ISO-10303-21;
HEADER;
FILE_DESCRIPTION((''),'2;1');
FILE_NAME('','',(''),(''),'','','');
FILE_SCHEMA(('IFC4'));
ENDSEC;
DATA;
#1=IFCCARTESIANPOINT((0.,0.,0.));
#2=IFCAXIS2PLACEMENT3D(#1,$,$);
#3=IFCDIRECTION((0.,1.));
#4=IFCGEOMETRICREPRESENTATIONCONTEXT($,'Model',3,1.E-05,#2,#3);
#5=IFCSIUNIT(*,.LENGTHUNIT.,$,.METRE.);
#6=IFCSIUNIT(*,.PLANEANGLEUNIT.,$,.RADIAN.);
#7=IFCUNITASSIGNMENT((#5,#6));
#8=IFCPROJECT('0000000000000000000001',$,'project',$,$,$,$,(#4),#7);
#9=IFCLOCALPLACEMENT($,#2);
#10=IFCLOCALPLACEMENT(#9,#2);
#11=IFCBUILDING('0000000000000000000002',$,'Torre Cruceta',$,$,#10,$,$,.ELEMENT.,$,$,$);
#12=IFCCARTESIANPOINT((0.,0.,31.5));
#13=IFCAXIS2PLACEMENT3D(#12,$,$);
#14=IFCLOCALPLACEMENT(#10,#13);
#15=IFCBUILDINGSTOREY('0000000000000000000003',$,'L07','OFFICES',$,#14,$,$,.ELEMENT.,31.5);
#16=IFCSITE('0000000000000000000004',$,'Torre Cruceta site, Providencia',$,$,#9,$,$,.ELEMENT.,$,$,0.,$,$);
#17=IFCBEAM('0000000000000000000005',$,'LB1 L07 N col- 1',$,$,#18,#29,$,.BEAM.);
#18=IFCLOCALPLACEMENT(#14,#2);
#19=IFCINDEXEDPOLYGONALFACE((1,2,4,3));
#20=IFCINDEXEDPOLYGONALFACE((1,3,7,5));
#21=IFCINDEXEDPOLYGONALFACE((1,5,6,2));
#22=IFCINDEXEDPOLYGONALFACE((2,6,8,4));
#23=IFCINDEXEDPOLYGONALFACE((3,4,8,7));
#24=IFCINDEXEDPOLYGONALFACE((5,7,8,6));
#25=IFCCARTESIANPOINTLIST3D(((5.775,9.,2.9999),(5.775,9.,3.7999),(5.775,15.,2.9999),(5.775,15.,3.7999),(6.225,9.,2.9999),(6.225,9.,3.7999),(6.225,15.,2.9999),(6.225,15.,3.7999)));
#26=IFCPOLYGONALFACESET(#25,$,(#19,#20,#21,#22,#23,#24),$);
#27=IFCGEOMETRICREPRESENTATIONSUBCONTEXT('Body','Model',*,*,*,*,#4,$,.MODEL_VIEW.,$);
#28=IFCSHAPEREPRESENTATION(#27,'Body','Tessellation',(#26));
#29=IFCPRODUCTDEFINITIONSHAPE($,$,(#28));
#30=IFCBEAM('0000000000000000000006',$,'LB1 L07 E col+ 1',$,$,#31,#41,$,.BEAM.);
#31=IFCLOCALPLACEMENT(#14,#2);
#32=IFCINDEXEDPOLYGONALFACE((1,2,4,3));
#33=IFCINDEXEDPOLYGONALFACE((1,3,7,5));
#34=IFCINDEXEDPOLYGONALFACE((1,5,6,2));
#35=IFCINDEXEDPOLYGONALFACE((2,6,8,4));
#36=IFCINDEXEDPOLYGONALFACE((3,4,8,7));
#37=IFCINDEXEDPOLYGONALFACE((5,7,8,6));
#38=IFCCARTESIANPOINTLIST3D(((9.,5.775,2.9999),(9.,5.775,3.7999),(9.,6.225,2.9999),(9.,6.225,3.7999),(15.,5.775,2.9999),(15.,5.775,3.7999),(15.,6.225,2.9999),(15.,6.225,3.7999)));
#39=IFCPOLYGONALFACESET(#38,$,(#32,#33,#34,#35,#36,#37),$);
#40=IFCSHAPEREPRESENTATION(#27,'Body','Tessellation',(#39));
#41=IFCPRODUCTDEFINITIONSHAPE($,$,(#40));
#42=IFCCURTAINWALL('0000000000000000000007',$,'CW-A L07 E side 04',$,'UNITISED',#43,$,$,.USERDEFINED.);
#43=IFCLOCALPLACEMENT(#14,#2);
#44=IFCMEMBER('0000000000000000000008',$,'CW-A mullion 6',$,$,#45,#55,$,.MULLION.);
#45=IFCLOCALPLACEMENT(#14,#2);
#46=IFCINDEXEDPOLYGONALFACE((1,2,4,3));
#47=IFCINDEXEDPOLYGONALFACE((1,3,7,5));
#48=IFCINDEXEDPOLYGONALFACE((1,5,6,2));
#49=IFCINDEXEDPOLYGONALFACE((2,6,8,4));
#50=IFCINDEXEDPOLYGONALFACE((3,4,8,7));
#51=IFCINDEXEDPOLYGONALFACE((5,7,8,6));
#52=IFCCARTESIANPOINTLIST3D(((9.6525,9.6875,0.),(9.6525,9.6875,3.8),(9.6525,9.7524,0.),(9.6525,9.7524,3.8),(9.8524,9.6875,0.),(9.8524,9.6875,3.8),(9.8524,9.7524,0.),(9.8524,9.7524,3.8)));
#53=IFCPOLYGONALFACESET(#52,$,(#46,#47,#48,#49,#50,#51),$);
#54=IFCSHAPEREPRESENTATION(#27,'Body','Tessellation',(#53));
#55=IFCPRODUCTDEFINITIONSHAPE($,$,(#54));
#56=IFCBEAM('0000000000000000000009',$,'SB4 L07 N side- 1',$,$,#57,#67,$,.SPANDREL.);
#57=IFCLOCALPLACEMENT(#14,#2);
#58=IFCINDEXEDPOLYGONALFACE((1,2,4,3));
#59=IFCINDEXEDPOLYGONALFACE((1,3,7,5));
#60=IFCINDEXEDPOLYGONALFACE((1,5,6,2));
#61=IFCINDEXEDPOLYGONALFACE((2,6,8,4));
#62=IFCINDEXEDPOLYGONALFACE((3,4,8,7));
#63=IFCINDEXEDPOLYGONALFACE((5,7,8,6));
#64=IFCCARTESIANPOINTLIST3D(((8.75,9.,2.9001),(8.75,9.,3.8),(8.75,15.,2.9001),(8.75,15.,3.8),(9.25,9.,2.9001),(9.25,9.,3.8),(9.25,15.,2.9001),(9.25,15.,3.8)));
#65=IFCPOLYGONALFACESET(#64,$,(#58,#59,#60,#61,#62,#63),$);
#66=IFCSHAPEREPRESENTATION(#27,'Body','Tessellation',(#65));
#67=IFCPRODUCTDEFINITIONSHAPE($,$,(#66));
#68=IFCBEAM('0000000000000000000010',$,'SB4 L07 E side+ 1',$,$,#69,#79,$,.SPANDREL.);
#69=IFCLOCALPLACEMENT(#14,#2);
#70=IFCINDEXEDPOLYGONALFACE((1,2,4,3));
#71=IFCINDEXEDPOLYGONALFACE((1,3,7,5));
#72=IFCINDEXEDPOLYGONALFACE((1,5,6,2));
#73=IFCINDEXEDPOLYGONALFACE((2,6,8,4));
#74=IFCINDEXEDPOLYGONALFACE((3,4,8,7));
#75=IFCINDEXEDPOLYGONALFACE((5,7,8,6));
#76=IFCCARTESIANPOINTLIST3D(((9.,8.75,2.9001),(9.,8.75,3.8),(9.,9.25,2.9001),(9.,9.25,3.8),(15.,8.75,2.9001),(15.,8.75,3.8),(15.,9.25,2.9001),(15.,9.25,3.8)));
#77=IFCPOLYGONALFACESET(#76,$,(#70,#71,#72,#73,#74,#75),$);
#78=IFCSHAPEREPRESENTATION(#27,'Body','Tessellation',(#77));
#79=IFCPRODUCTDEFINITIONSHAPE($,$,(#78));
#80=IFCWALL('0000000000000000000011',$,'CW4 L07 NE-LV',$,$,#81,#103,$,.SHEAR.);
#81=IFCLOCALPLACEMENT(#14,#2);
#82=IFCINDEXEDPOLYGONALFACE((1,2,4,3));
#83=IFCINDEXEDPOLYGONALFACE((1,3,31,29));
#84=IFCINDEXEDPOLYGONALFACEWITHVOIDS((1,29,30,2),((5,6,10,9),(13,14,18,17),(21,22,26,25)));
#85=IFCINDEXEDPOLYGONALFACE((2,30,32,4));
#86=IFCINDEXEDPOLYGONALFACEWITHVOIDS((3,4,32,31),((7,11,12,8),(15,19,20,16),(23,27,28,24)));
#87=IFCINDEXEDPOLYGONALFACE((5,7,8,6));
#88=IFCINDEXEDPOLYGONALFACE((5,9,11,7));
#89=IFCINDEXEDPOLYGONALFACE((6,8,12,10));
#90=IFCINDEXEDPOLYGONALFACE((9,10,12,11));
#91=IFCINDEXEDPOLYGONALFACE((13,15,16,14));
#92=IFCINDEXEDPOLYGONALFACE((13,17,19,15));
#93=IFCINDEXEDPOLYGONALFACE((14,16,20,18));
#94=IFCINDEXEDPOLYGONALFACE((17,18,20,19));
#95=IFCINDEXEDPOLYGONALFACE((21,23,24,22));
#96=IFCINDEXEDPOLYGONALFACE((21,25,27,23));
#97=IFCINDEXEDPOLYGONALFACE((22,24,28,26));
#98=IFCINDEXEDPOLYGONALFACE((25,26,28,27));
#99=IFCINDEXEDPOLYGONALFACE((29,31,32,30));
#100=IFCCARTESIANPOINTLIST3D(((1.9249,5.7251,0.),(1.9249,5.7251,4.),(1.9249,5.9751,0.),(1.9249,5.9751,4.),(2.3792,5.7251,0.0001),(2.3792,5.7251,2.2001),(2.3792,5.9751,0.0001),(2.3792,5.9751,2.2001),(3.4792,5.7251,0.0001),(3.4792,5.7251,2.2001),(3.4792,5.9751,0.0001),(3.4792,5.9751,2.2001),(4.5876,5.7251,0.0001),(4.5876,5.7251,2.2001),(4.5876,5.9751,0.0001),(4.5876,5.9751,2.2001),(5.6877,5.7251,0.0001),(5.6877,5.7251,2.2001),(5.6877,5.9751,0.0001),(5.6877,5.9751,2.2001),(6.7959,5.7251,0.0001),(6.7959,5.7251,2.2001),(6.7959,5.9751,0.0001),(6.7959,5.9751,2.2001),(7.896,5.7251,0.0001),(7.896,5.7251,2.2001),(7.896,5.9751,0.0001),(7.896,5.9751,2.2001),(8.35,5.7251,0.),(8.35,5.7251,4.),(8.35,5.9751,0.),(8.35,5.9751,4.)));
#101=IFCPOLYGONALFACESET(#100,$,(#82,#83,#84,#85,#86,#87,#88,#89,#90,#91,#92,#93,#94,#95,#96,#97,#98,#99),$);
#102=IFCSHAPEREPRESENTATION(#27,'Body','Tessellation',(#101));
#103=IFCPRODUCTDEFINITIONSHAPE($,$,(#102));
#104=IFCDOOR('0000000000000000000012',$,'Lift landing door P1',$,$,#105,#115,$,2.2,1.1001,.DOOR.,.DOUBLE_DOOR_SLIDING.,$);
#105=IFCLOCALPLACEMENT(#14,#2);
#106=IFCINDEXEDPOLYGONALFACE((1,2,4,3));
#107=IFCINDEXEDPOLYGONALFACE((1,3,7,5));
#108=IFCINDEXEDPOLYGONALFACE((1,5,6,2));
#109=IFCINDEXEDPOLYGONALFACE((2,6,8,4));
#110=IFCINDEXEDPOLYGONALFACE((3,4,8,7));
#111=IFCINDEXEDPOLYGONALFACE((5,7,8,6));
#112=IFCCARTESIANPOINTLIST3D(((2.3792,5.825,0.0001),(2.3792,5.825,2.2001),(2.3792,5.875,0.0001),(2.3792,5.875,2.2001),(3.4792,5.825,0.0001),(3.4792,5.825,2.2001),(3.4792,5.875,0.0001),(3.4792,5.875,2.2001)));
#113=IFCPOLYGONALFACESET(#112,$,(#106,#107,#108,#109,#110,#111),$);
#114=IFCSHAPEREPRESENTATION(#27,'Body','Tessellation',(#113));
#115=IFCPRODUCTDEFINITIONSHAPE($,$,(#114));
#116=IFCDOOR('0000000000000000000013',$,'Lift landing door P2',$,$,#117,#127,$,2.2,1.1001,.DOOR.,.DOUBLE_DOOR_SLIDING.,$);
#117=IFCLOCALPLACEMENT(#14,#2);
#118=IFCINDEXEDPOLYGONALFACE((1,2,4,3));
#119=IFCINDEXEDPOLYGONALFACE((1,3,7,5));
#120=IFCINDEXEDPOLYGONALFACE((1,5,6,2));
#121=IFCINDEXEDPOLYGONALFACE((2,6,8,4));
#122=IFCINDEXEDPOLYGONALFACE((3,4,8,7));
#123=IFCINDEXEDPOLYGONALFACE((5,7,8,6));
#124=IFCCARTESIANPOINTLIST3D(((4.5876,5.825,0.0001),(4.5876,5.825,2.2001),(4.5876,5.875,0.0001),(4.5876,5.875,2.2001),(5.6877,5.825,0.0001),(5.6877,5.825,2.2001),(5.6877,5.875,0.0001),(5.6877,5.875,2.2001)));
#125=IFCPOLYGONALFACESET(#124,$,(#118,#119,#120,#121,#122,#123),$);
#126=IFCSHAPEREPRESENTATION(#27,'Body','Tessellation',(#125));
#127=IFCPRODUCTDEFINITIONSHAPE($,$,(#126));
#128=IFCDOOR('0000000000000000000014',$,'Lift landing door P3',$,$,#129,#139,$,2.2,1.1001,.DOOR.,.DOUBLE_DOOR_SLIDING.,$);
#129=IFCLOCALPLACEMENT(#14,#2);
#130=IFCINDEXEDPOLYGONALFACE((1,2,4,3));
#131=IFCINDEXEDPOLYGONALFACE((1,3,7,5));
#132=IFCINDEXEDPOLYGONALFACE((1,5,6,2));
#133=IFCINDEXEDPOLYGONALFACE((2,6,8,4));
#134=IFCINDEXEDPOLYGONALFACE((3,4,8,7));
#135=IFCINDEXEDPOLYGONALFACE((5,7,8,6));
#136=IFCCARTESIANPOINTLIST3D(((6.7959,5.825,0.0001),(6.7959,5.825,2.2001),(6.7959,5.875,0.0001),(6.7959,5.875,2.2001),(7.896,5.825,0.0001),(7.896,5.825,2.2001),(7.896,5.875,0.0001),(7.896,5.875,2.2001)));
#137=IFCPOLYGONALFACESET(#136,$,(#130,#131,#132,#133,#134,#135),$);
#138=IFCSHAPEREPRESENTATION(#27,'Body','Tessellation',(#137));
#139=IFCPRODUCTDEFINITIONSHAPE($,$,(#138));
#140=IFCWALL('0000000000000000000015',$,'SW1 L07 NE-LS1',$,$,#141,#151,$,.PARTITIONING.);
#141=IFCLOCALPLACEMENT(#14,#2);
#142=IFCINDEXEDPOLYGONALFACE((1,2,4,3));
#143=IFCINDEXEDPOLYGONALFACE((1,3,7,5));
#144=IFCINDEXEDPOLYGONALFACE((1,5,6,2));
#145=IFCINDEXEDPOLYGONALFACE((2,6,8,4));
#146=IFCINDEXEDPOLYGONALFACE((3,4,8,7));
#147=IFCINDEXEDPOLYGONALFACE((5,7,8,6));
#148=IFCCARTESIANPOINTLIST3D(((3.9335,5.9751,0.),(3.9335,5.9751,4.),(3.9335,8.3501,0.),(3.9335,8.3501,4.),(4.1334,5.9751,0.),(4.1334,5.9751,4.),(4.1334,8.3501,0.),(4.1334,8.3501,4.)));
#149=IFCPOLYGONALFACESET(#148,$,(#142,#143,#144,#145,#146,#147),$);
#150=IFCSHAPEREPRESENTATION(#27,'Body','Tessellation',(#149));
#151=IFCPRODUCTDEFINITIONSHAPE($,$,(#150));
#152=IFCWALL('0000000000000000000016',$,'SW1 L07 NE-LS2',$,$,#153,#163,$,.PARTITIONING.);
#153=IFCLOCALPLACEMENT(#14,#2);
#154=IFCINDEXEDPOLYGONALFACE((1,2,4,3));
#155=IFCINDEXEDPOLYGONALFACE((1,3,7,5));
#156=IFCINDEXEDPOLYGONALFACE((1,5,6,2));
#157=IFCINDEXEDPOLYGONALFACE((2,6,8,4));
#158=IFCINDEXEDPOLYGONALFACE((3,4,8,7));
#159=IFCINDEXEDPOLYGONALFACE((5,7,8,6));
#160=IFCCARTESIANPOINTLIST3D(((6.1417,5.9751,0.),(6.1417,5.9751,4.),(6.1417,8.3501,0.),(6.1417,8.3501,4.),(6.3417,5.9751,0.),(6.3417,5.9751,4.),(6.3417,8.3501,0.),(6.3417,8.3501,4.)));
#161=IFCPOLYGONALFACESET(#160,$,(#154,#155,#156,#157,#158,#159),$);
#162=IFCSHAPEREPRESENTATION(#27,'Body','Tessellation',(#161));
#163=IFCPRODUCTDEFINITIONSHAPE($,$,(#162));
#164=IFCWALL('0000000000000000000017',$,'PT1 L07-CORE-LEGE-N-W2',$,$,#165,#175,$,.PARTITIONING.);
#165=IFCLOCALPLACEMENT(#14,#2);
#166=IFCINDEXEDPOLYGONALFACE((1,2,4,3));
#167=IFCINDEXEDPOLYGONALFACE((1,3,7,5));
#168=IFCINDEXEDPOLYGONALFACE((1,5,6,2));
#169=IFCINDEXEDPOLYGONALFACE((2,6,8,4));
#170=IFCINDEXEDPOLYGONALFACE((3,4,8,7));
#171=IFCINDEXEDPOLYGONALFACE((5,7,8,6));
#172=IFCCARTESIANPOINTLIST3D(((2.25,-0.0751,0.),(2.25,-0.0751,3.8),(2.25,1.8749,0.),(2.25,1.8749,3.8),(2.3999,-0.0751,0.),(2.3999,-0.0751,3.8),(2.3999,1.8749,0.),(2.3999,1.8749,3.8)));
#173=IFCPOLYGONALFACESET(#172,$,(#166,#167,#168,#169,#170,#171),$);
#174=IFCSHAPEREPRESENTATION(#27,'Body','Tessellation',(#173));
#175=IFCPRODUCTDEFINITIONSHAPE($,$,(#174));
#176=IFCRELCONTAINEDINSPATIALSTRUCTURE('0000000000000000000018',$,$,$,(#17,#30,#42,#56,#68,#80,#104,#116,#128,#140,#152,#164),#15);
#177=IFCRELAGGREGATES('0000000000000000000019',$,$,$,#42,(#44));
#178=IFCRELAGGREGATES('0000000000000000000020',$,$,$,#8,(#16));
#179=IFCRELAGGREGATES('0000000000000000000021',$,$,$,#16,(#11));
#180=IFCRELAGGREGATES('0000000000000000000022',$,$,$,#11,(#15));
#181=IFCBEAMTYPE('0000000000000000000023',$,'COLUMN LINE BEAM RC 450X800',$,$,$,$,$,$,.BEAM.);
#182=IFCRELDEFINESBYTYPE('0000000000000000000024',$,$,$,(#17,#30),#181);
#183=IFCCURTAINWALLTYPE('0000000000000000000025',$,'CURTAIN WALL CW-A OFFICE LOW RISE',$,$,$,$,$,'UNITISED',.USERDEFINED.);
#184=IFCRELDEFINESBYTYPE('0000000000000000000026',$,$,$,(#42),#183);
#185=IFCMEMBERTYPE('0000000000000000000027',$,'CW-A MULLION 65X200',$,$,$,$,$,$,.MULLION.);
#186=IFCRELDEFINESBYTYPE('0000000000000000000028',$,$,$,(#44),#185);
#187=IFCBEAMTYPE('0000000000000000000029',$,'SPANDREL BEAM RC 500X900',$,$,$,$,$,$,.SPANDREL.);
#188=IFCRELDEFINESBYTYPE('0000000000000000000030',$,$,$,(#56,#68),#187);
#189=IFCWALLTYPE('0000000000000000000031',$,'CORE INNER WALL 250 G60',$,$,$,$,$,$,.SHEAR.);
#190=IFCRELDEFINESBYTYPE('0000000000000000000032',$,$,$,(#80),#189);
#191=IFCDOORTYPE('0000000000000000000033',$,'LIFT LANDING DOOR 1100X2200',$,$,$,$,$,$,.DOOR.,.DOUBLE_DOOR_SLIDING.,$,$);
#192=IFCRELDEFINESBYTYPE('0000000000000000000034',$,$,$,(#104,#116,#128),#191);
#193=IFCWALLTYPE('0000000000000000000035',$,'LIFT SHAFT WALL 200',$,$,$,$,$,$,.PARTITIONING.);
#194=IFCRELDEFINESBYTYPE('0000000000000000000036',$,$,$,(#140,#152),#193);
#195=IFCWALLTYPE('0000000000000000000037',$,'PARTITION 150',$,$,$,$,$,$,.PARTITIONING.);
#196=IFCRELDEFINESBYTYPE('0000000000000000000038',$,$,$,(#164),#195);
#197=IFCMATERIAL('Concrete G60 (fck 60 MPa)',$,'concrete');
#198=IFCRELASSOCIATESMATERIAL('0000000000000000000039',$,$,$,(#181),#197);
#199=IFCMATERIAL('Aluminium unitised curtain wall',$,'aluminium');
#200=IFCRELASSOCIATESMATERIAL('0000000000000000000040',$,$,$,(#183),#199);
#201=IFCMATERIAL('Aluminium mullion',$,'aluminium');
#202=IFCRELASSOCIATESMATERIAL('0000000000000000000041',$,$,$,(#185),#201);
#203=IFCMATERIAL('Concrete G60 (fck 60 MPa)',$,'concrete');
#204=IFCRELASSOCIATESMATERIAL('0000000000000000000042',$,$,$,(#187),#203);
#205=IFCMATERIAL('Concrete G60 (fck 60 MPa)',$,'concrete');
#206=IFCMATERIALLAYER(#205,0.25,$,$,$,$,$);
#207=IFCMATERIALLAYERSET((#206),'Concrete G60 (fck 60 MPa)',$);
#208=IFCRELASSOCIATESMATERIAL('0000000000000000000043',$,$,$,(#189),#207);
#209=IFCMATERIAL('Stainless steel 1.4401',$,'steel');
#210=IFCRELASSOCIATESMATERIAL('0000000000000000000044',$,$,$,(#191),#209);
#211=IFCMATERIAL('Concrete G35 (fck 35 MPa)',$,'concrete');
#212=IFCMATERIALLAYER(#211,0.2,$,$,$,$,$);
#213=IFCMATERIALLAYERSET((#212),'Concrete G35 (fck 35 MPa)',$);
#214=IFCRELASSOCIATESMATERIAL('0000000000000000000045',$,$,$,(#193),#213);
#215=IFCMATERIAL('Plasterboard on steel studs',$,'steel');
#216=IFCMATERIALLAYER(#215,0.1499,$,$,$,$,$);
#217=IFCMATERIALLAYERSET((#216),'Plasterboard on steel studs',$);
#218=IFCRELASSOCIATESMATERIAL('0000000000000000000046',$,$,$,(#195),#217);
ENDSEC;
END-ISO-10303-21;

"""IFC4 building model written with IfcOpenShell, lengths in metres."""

from ifc_helpers import new_model, si_unit, direction, frame, frame_2d, origin, origin_2d, place, context, subcontext, project, spatial, rectangle, extrude, material, layer, layer_set, material_profile, profile_set, type_object, element, fill, aggregate, save


model = new_model("IFC4")

# Units and contexts
model_context = context("Model", 3, precision=1e-05, world=origin(), true_north=direction((0.0, 1.0)))
body_context = subcontext(model_context, "Body", "Model", "MODEL_VIEW")
ifc_project = project(units=[si_unit("LENGTHUNIT", "METRE"), si_unit("PLANEANGLEUNIT", "RADIAN")], contexts=[model_context])

# Site, building, storey
site_placement = place(None, origin())
site = spatial("IfcSite", under=ifc_project, at=site_placement, Name="Torre Cruceta site, Providencia", CompositionType="ELEMENT", RefElevation=0.0)
building_placement = place(site_placement, origin())
building = spatial("IfcBuilding", under=site, at=building_placement, Name="Torre Cruceta", CompositionType="ELEMENT")
storey_placement = place(building_placement, frame((0.0, 0.0, 31.5)))
storey = spatial("IfcBuildingStorey", under=building, at=storey_placement, Name="L07", Description="OFFICES", CompositionType="ELEMENT", Elevation=31.5)

# Beams
ifc_material_1 = material(Name="Concrete G60 (fck 60 MPa)", Category="concrete")
ifc_material_profile_1 = material_profile(ifc_material_1, rectangle(XDim=0.45, YDim=0.8, at=origin_2d()), Name="RC 450X800")
ifc_profile_set_1 = profile_set([ifc_material_profile_1], Name="Concrete G60 (fck 60 MPa)")
beam_type_1 = type_object("IfcBeamType", Name="COLUMN LINE BEAM RC 450X800", PredefinedType="BEAM", material=ifc_profile_set_1)
for number, where, z_axis, x_axis, name in (
    (1, (6.0, 9.0, 3.3999), (0.0, 1.0, 0.0), (-1.0, 0.0, 0.0), "LB1 L07 N col- 1"),
    (2, (9.0, 6.0, 3.3999), (1.0, 0.0, 0.0), (0.0, 1.0, 0.0), "LB1 L07 E col+ 1"),
):
    element("IfcBeam", number, at=place(storey_placement, frame(where, z_axis=z_axis, x_axis=x_axis)), inside=storey, type_object=beam_type_1, Name=name, PredefinedType="BEAM", context=body_context, shape_type="SweptSolid", body=[
        extrude(rectangle(XDim=0.45, YDim=0.8, at=origin_2d()), origin(), (0.0, 0.0, 1.0), 6.0),
    ])

# Curtain wall, member
ifc_material_2 = material(Name="Aluminium unitised curtain wall", Category="aluminium")
curtain_wall_type = type_object("IfcCurtainWallType", Name="CURTAIN WALL CW-A OFFICE LOW RISE", ElementType="UNITISED", PredefinedType="USERDEFINED", material=ifc_material_2)
curtain_wall_placement = place(storey_placement, origin())
curtain_wall = element("IfcCurtainWall", 3, at=curtain_wall_placement, inside=storey, type_object=curtain_wall_type, Name="CW-A L07 E side 04", ObjectType="UNITISED", PredefinedType="USERDEFINED")
ifc_material_3 = material(Name="Aluminium mullion", Category="aluminium")
ifc_material_profile_2 = material_profile(ifc_material_3, rectangle(XDim=0.0649, YDim=0.2, at=origin_2d()), Name="AL 65X200")
ifc_profile_set_2 = profile_set([ifc_material_profile_2], Name="Aluminium mullion")
member_type = type_object("IfcMemberType", Name="CW-A MULLION 65X200", PredefinedType="MULLION", material=ifc_profile_set_2)
member_placement = place(storey_placement, frame((9.7524, 9.72, 0.0), z_axis=(0.0, 0.0, 1.0), x_axis=(0.0, -1.0, 0.0)))
member = element("IfcMember", 4, at=member_placement, type_object=member_type, Name="CW-A mullion 6", PredefinedType="MULLION", context=body_context, shape_type="SweptSolid", body=[
    extrude(rectangle(XDim=0.0649, YDim=0.2, at=origin_2d()), origin(), (0.0, 0.0, 1.0), 3.8),
])
aggregate(curtain_wall, [member])

# Beams
ifc_material_4 = material(Name="Concrete G60 (fck 60 MPa)", Category="concrete")
ifc_material_profile_3 = material_profile(ifc_material_4, rectangle(XDim=0.5, YDim=0.8999, at=origin_2d()), Name="RC 500X900")
ifc_profile_set_3 = profile_set([ifc_material_profile_3], Name="Concrete G60 (fck 60 MPa)")
beam_type_2 = type_object("IfcBeamType", Name="SPANDREL BEAM RC 500X900", PredefinedType="SPANDREL", material=ifc_profile_set_3)
for number, where, z_axis, x_axis, name in (
    (5, (9.0, 9.0, 3.3501), (0.0, 1.0, 0.0), (-1.0, 0.0, 0.0), "SB4 L07 N side- 1"),
    (6, (9.0, 9.0, 3.3501), (1.0, 0.0, 0.0), (0.0, 1.0, 0.0), "SB4 L07 E side+ 1"),
):
    element("IfcBeam", number, at=place(storey_placement, frame(where, z_axis=z_axis, x_axis=x_axis)), inside=storey, type_object=beam_type_2, Name=name, PredefinedType="SPANDREL", context=body_context, shape_type="SweptSolid", body=[
        extrude(rectangle(XDim=0.5, YDim=0.8999, at=origin_2d()), origin(), (0.0, 0.0, 1.0), 6.0),
    ])

# Wall, openings, doors
ifc_material_5 = material(Name="Concrete G60 (fck 60 MPa)", Category="concrete")
ifc_layer_1 = layer(ifc_material_5, 0.25)
ifc_layer_set_1 = layer_set([ifc_layer_1], Name="Concrete G60 (fck 60 MPa)")
wall_type_1 = type_object("IfcWallType", Name="CORE INNER WALL 250 G60", PredefinedType="SHEAR", material=ifc_layer_set_1)
wall_1_placement = place(storey_placement, frame((1.925, 5.8501, 0.0), z_axis=(0.0, 0.0, 1.0), x_axis=(1.0, 0.0, 0.0)))
wall_1 = element("IfcWall", 7, at=wall_1_placement, inside=storey, type_object=wall_type_1, Name="CW4 L07 NE-LV", PredefinedType="SHEAR", context=body_context, shape_type="SweptSolid", body=[
    extrude(rectangle(XDim=6.425, YDim=0.25, at=frame_2d((3.2124, 0.0))), origin(), (0.0, 0.0, 1.0), 4.0),
])
opening_1_placement = place(wall_1_placement, frame((0.4541, 0.0, 0.0)))
opening_1 = element("IfcOpeningElement", 8, at=opening_1_placement, cuts=wall_1, PredefinedType="OPENING", context=body_context, shape_type="SweptSolid", body=[
    extrude(rectangle(XDim=1.1001, YDim=2.2, at=frame_2d((0.55, 1.1001))), frame((0.0, 0.135, 0.0), z_axis=(0.0, -1.0, 0.0), x_axis=(1.0, 0.0, 0.0)), (0.0, 0.0, 1.0), 0.27),
])
opening_2_placement = place(wall_1_placement, frame((2.6626, 0.0, 0.0)))
opening_2 = element("IfcOpeningElement", 9, at=opening_2_placement, cuts=wall_1, PredefinedType="OPENING", context=body_context, shape_type="SweptSolid", body=[
    extrude(rectangle(XDim=1.1001, YDim=2.2, at=frame_2d((0.55, 1.1001))), frame((0.0, 0.135, 0.0), z_axis=(0.0, -1.0, 0.0), x_axis=(1.0, 0.0, 0.0)), (0.0, 0.0, 1.0), 0.27),
])
opening_3_placement = place(wall_1_placement, frame((4.8708, 0.0, 0.0)))
opening_3 = element("IfcOpeningElement", 10, at=opening_3_placement, cuts=wall_1, PredefinedType="OPENING", context=body_context, shape_type="SweptSolid", body=[
    extrude(rectangle(XDim=1.1001, YDim=2.2, at=frame_2d((0.55, 1.1001))), frame((0.0, 0.135, 0.0), z_axis=(0.0, -1.0, 0.0), x_axis=(1.0, 0.0, 0.0)), (0.0, 0.0, 1.0), 0.27),
])
ifc_material_6 = material(Name="Stainless steel 1.4401", Category="steel")
door_type_1 = type_object("IfcDoorType", Name="LIFT LANDING DOOR 1100X2200", OperationType="DOUBLE_DOOR_SLIDING", PredefinedType="DOOR", material=ifc_material_6)
door_1_placement = place(opening_1_placement, origin())
door_1 = element("IfcDoor", 11, at=door_1_placement, inside=storey, type_object=door_type_1, Name="Lift landing door P1", OperationType="DOUBLE_DOOR_SLIDING", OverallHeight=2.2, OverallWidth=1.1001, PredefinedType="DOOR", context=body_context, shape_type="SweptSolid", body=[
    extrude(rectangle(XDim=1.1001, YDim=2.2, at=frame_2d((0.55, 1.1001))), frame((0.0, 0.0249, 0.0), z_axis=(0.0, -1.0, 0.0), x_axis=(1.0, 0.0, 0.0)), (0.0, 0.0, 1.0), 0.05),
])
fill(opening_1, door_1)
door_2_placement = place(opening_2_placement, origin())
door_2 = element("IfcDoor", 12, at=door_2_placement, inside=storey, type_object=door_type_1, Name="Lift landing door P2", OperationType="DOUBLE_DOOR_SLIDING", OverallHeight=2.2, OverallWidth=1.1001, PredefinedType="DOOR", context=body_context, shape_type="SweptSolid", body=[
    extrude(rectangle(XDim=1.1001, YDim=2.2, at=frame_2d((0.55, 1.1001))), frame((0.0, 0.0249, 0.0), z_axis=(0.0, -1.0, 0.0), x_axis=(1.0, 0.0, 0.0)), (0.0, 0.0, 1.0), 0.05),
])
fill(opening_2, door_2)
door_3_placement = place(opening_3_placement, origin())
door_3 = element("IfcDoor", 13, at=door_3_placement, inside=storey, type_object=door_type_1, Name="Lift landing door P3", OperationType="DOUBLE_DOOR_SLIDING", OverallHeight=2.2, OverallWidth=1.1001, PredefinedType="DOOR", context=body_context, shape_type="SweptSolid", body=[
    extrude(rectangle(XDim=1.1001, YDim=2.2, at=frame_2d((0.55, 1.1001))), frame((0.0, 0.0249, 0.0), z_axis=(0.0, -1.0, 0.0), x_axis=(1.0, 0.0, 0.0)), (0.0, 0.0, 1.0), 0.05),
])
fill(opening_3, door_3)

# Walls
ifc_material_7 = material(Name="Concrete G35 (fck 35 MPa)", Category="concrete")
ifc_layer_2 = layer(ifc_material_7, 0.2)
ifc_layer_set_2 = layer_set([ifc_layer_2], Name="Concrete G35 (fck 35 MPa)")
wall_type_2 = type_object("IfcWallType", Name="LIFT SHAFT WALL 200", PredefinedType="PARTITIONING", material=ifc_layer_set_2)
for number, where, z_axis, x_axis, name in (
    (14, (4.0334, 5.9751, 0.0), (0.0, 0.0, 1.0), (0.0, 1.0, 0.0), "SW1 L07 NE-LS1"),
    (15, (6.2417, 5.9751, 0.0), (0.0, 0.0, 1.0), (0.0, 1.0, 0.0), "SW1 L07 NE-LS2"),
):
    element("IfcWall", number, at=place(storey_placement, frame(where, z_axis=z_axis, x_axis=x_axis)), inside=storey, type_object=wall_type_2, Name=name, PredefinedType="PARTITIONING", context=body_context, shape_type="SweptSolid", body=[
        extrude(rectangle(XDim=2.375, YDim=0.2, at=frame_2d((1.1875, 0.0))), origin(), (0.0, 0.0, 1.0), 4.0),
    ])
ifc_material_8 = material(Name="Plasterboard on steel studs", Category="steel")
ifc_layer_3 = layer(ifc_material_8, 0.1499)
ifc_layer_set_3 = layer_set([ifc_layer_3], Name="Plasterboard on steel studs")
wall_type_3 = type_object("IfcWallType", Name="PARTITION 150", PredefinedType="PARTITIONING", material=ifc_layer_set_3)
wall_2_placement = place(storey_placement, frame((2.325, 1.875, 0.0), z_axis=(0.0, 0.0, 1.0), x_axis=(0.0, -1.0, 0.0)))
element("IfcWall", 16, at=wall_2_placement, inside=storey, type_object=wall_type_3, Name="PT1 L07-CORE-LEGE-N-W2", PredefinedType="PARTITIONING", context=body_context, shape_type="SweptSolid", body=[
    extrude(rectangle(XDim=1.95, YDim=0.1499, at=frame_2d((0.9751, 0.0))), origin(), (0.0, 0.0, 1.0), 3.8),
])

save(model, "model.ifc")
